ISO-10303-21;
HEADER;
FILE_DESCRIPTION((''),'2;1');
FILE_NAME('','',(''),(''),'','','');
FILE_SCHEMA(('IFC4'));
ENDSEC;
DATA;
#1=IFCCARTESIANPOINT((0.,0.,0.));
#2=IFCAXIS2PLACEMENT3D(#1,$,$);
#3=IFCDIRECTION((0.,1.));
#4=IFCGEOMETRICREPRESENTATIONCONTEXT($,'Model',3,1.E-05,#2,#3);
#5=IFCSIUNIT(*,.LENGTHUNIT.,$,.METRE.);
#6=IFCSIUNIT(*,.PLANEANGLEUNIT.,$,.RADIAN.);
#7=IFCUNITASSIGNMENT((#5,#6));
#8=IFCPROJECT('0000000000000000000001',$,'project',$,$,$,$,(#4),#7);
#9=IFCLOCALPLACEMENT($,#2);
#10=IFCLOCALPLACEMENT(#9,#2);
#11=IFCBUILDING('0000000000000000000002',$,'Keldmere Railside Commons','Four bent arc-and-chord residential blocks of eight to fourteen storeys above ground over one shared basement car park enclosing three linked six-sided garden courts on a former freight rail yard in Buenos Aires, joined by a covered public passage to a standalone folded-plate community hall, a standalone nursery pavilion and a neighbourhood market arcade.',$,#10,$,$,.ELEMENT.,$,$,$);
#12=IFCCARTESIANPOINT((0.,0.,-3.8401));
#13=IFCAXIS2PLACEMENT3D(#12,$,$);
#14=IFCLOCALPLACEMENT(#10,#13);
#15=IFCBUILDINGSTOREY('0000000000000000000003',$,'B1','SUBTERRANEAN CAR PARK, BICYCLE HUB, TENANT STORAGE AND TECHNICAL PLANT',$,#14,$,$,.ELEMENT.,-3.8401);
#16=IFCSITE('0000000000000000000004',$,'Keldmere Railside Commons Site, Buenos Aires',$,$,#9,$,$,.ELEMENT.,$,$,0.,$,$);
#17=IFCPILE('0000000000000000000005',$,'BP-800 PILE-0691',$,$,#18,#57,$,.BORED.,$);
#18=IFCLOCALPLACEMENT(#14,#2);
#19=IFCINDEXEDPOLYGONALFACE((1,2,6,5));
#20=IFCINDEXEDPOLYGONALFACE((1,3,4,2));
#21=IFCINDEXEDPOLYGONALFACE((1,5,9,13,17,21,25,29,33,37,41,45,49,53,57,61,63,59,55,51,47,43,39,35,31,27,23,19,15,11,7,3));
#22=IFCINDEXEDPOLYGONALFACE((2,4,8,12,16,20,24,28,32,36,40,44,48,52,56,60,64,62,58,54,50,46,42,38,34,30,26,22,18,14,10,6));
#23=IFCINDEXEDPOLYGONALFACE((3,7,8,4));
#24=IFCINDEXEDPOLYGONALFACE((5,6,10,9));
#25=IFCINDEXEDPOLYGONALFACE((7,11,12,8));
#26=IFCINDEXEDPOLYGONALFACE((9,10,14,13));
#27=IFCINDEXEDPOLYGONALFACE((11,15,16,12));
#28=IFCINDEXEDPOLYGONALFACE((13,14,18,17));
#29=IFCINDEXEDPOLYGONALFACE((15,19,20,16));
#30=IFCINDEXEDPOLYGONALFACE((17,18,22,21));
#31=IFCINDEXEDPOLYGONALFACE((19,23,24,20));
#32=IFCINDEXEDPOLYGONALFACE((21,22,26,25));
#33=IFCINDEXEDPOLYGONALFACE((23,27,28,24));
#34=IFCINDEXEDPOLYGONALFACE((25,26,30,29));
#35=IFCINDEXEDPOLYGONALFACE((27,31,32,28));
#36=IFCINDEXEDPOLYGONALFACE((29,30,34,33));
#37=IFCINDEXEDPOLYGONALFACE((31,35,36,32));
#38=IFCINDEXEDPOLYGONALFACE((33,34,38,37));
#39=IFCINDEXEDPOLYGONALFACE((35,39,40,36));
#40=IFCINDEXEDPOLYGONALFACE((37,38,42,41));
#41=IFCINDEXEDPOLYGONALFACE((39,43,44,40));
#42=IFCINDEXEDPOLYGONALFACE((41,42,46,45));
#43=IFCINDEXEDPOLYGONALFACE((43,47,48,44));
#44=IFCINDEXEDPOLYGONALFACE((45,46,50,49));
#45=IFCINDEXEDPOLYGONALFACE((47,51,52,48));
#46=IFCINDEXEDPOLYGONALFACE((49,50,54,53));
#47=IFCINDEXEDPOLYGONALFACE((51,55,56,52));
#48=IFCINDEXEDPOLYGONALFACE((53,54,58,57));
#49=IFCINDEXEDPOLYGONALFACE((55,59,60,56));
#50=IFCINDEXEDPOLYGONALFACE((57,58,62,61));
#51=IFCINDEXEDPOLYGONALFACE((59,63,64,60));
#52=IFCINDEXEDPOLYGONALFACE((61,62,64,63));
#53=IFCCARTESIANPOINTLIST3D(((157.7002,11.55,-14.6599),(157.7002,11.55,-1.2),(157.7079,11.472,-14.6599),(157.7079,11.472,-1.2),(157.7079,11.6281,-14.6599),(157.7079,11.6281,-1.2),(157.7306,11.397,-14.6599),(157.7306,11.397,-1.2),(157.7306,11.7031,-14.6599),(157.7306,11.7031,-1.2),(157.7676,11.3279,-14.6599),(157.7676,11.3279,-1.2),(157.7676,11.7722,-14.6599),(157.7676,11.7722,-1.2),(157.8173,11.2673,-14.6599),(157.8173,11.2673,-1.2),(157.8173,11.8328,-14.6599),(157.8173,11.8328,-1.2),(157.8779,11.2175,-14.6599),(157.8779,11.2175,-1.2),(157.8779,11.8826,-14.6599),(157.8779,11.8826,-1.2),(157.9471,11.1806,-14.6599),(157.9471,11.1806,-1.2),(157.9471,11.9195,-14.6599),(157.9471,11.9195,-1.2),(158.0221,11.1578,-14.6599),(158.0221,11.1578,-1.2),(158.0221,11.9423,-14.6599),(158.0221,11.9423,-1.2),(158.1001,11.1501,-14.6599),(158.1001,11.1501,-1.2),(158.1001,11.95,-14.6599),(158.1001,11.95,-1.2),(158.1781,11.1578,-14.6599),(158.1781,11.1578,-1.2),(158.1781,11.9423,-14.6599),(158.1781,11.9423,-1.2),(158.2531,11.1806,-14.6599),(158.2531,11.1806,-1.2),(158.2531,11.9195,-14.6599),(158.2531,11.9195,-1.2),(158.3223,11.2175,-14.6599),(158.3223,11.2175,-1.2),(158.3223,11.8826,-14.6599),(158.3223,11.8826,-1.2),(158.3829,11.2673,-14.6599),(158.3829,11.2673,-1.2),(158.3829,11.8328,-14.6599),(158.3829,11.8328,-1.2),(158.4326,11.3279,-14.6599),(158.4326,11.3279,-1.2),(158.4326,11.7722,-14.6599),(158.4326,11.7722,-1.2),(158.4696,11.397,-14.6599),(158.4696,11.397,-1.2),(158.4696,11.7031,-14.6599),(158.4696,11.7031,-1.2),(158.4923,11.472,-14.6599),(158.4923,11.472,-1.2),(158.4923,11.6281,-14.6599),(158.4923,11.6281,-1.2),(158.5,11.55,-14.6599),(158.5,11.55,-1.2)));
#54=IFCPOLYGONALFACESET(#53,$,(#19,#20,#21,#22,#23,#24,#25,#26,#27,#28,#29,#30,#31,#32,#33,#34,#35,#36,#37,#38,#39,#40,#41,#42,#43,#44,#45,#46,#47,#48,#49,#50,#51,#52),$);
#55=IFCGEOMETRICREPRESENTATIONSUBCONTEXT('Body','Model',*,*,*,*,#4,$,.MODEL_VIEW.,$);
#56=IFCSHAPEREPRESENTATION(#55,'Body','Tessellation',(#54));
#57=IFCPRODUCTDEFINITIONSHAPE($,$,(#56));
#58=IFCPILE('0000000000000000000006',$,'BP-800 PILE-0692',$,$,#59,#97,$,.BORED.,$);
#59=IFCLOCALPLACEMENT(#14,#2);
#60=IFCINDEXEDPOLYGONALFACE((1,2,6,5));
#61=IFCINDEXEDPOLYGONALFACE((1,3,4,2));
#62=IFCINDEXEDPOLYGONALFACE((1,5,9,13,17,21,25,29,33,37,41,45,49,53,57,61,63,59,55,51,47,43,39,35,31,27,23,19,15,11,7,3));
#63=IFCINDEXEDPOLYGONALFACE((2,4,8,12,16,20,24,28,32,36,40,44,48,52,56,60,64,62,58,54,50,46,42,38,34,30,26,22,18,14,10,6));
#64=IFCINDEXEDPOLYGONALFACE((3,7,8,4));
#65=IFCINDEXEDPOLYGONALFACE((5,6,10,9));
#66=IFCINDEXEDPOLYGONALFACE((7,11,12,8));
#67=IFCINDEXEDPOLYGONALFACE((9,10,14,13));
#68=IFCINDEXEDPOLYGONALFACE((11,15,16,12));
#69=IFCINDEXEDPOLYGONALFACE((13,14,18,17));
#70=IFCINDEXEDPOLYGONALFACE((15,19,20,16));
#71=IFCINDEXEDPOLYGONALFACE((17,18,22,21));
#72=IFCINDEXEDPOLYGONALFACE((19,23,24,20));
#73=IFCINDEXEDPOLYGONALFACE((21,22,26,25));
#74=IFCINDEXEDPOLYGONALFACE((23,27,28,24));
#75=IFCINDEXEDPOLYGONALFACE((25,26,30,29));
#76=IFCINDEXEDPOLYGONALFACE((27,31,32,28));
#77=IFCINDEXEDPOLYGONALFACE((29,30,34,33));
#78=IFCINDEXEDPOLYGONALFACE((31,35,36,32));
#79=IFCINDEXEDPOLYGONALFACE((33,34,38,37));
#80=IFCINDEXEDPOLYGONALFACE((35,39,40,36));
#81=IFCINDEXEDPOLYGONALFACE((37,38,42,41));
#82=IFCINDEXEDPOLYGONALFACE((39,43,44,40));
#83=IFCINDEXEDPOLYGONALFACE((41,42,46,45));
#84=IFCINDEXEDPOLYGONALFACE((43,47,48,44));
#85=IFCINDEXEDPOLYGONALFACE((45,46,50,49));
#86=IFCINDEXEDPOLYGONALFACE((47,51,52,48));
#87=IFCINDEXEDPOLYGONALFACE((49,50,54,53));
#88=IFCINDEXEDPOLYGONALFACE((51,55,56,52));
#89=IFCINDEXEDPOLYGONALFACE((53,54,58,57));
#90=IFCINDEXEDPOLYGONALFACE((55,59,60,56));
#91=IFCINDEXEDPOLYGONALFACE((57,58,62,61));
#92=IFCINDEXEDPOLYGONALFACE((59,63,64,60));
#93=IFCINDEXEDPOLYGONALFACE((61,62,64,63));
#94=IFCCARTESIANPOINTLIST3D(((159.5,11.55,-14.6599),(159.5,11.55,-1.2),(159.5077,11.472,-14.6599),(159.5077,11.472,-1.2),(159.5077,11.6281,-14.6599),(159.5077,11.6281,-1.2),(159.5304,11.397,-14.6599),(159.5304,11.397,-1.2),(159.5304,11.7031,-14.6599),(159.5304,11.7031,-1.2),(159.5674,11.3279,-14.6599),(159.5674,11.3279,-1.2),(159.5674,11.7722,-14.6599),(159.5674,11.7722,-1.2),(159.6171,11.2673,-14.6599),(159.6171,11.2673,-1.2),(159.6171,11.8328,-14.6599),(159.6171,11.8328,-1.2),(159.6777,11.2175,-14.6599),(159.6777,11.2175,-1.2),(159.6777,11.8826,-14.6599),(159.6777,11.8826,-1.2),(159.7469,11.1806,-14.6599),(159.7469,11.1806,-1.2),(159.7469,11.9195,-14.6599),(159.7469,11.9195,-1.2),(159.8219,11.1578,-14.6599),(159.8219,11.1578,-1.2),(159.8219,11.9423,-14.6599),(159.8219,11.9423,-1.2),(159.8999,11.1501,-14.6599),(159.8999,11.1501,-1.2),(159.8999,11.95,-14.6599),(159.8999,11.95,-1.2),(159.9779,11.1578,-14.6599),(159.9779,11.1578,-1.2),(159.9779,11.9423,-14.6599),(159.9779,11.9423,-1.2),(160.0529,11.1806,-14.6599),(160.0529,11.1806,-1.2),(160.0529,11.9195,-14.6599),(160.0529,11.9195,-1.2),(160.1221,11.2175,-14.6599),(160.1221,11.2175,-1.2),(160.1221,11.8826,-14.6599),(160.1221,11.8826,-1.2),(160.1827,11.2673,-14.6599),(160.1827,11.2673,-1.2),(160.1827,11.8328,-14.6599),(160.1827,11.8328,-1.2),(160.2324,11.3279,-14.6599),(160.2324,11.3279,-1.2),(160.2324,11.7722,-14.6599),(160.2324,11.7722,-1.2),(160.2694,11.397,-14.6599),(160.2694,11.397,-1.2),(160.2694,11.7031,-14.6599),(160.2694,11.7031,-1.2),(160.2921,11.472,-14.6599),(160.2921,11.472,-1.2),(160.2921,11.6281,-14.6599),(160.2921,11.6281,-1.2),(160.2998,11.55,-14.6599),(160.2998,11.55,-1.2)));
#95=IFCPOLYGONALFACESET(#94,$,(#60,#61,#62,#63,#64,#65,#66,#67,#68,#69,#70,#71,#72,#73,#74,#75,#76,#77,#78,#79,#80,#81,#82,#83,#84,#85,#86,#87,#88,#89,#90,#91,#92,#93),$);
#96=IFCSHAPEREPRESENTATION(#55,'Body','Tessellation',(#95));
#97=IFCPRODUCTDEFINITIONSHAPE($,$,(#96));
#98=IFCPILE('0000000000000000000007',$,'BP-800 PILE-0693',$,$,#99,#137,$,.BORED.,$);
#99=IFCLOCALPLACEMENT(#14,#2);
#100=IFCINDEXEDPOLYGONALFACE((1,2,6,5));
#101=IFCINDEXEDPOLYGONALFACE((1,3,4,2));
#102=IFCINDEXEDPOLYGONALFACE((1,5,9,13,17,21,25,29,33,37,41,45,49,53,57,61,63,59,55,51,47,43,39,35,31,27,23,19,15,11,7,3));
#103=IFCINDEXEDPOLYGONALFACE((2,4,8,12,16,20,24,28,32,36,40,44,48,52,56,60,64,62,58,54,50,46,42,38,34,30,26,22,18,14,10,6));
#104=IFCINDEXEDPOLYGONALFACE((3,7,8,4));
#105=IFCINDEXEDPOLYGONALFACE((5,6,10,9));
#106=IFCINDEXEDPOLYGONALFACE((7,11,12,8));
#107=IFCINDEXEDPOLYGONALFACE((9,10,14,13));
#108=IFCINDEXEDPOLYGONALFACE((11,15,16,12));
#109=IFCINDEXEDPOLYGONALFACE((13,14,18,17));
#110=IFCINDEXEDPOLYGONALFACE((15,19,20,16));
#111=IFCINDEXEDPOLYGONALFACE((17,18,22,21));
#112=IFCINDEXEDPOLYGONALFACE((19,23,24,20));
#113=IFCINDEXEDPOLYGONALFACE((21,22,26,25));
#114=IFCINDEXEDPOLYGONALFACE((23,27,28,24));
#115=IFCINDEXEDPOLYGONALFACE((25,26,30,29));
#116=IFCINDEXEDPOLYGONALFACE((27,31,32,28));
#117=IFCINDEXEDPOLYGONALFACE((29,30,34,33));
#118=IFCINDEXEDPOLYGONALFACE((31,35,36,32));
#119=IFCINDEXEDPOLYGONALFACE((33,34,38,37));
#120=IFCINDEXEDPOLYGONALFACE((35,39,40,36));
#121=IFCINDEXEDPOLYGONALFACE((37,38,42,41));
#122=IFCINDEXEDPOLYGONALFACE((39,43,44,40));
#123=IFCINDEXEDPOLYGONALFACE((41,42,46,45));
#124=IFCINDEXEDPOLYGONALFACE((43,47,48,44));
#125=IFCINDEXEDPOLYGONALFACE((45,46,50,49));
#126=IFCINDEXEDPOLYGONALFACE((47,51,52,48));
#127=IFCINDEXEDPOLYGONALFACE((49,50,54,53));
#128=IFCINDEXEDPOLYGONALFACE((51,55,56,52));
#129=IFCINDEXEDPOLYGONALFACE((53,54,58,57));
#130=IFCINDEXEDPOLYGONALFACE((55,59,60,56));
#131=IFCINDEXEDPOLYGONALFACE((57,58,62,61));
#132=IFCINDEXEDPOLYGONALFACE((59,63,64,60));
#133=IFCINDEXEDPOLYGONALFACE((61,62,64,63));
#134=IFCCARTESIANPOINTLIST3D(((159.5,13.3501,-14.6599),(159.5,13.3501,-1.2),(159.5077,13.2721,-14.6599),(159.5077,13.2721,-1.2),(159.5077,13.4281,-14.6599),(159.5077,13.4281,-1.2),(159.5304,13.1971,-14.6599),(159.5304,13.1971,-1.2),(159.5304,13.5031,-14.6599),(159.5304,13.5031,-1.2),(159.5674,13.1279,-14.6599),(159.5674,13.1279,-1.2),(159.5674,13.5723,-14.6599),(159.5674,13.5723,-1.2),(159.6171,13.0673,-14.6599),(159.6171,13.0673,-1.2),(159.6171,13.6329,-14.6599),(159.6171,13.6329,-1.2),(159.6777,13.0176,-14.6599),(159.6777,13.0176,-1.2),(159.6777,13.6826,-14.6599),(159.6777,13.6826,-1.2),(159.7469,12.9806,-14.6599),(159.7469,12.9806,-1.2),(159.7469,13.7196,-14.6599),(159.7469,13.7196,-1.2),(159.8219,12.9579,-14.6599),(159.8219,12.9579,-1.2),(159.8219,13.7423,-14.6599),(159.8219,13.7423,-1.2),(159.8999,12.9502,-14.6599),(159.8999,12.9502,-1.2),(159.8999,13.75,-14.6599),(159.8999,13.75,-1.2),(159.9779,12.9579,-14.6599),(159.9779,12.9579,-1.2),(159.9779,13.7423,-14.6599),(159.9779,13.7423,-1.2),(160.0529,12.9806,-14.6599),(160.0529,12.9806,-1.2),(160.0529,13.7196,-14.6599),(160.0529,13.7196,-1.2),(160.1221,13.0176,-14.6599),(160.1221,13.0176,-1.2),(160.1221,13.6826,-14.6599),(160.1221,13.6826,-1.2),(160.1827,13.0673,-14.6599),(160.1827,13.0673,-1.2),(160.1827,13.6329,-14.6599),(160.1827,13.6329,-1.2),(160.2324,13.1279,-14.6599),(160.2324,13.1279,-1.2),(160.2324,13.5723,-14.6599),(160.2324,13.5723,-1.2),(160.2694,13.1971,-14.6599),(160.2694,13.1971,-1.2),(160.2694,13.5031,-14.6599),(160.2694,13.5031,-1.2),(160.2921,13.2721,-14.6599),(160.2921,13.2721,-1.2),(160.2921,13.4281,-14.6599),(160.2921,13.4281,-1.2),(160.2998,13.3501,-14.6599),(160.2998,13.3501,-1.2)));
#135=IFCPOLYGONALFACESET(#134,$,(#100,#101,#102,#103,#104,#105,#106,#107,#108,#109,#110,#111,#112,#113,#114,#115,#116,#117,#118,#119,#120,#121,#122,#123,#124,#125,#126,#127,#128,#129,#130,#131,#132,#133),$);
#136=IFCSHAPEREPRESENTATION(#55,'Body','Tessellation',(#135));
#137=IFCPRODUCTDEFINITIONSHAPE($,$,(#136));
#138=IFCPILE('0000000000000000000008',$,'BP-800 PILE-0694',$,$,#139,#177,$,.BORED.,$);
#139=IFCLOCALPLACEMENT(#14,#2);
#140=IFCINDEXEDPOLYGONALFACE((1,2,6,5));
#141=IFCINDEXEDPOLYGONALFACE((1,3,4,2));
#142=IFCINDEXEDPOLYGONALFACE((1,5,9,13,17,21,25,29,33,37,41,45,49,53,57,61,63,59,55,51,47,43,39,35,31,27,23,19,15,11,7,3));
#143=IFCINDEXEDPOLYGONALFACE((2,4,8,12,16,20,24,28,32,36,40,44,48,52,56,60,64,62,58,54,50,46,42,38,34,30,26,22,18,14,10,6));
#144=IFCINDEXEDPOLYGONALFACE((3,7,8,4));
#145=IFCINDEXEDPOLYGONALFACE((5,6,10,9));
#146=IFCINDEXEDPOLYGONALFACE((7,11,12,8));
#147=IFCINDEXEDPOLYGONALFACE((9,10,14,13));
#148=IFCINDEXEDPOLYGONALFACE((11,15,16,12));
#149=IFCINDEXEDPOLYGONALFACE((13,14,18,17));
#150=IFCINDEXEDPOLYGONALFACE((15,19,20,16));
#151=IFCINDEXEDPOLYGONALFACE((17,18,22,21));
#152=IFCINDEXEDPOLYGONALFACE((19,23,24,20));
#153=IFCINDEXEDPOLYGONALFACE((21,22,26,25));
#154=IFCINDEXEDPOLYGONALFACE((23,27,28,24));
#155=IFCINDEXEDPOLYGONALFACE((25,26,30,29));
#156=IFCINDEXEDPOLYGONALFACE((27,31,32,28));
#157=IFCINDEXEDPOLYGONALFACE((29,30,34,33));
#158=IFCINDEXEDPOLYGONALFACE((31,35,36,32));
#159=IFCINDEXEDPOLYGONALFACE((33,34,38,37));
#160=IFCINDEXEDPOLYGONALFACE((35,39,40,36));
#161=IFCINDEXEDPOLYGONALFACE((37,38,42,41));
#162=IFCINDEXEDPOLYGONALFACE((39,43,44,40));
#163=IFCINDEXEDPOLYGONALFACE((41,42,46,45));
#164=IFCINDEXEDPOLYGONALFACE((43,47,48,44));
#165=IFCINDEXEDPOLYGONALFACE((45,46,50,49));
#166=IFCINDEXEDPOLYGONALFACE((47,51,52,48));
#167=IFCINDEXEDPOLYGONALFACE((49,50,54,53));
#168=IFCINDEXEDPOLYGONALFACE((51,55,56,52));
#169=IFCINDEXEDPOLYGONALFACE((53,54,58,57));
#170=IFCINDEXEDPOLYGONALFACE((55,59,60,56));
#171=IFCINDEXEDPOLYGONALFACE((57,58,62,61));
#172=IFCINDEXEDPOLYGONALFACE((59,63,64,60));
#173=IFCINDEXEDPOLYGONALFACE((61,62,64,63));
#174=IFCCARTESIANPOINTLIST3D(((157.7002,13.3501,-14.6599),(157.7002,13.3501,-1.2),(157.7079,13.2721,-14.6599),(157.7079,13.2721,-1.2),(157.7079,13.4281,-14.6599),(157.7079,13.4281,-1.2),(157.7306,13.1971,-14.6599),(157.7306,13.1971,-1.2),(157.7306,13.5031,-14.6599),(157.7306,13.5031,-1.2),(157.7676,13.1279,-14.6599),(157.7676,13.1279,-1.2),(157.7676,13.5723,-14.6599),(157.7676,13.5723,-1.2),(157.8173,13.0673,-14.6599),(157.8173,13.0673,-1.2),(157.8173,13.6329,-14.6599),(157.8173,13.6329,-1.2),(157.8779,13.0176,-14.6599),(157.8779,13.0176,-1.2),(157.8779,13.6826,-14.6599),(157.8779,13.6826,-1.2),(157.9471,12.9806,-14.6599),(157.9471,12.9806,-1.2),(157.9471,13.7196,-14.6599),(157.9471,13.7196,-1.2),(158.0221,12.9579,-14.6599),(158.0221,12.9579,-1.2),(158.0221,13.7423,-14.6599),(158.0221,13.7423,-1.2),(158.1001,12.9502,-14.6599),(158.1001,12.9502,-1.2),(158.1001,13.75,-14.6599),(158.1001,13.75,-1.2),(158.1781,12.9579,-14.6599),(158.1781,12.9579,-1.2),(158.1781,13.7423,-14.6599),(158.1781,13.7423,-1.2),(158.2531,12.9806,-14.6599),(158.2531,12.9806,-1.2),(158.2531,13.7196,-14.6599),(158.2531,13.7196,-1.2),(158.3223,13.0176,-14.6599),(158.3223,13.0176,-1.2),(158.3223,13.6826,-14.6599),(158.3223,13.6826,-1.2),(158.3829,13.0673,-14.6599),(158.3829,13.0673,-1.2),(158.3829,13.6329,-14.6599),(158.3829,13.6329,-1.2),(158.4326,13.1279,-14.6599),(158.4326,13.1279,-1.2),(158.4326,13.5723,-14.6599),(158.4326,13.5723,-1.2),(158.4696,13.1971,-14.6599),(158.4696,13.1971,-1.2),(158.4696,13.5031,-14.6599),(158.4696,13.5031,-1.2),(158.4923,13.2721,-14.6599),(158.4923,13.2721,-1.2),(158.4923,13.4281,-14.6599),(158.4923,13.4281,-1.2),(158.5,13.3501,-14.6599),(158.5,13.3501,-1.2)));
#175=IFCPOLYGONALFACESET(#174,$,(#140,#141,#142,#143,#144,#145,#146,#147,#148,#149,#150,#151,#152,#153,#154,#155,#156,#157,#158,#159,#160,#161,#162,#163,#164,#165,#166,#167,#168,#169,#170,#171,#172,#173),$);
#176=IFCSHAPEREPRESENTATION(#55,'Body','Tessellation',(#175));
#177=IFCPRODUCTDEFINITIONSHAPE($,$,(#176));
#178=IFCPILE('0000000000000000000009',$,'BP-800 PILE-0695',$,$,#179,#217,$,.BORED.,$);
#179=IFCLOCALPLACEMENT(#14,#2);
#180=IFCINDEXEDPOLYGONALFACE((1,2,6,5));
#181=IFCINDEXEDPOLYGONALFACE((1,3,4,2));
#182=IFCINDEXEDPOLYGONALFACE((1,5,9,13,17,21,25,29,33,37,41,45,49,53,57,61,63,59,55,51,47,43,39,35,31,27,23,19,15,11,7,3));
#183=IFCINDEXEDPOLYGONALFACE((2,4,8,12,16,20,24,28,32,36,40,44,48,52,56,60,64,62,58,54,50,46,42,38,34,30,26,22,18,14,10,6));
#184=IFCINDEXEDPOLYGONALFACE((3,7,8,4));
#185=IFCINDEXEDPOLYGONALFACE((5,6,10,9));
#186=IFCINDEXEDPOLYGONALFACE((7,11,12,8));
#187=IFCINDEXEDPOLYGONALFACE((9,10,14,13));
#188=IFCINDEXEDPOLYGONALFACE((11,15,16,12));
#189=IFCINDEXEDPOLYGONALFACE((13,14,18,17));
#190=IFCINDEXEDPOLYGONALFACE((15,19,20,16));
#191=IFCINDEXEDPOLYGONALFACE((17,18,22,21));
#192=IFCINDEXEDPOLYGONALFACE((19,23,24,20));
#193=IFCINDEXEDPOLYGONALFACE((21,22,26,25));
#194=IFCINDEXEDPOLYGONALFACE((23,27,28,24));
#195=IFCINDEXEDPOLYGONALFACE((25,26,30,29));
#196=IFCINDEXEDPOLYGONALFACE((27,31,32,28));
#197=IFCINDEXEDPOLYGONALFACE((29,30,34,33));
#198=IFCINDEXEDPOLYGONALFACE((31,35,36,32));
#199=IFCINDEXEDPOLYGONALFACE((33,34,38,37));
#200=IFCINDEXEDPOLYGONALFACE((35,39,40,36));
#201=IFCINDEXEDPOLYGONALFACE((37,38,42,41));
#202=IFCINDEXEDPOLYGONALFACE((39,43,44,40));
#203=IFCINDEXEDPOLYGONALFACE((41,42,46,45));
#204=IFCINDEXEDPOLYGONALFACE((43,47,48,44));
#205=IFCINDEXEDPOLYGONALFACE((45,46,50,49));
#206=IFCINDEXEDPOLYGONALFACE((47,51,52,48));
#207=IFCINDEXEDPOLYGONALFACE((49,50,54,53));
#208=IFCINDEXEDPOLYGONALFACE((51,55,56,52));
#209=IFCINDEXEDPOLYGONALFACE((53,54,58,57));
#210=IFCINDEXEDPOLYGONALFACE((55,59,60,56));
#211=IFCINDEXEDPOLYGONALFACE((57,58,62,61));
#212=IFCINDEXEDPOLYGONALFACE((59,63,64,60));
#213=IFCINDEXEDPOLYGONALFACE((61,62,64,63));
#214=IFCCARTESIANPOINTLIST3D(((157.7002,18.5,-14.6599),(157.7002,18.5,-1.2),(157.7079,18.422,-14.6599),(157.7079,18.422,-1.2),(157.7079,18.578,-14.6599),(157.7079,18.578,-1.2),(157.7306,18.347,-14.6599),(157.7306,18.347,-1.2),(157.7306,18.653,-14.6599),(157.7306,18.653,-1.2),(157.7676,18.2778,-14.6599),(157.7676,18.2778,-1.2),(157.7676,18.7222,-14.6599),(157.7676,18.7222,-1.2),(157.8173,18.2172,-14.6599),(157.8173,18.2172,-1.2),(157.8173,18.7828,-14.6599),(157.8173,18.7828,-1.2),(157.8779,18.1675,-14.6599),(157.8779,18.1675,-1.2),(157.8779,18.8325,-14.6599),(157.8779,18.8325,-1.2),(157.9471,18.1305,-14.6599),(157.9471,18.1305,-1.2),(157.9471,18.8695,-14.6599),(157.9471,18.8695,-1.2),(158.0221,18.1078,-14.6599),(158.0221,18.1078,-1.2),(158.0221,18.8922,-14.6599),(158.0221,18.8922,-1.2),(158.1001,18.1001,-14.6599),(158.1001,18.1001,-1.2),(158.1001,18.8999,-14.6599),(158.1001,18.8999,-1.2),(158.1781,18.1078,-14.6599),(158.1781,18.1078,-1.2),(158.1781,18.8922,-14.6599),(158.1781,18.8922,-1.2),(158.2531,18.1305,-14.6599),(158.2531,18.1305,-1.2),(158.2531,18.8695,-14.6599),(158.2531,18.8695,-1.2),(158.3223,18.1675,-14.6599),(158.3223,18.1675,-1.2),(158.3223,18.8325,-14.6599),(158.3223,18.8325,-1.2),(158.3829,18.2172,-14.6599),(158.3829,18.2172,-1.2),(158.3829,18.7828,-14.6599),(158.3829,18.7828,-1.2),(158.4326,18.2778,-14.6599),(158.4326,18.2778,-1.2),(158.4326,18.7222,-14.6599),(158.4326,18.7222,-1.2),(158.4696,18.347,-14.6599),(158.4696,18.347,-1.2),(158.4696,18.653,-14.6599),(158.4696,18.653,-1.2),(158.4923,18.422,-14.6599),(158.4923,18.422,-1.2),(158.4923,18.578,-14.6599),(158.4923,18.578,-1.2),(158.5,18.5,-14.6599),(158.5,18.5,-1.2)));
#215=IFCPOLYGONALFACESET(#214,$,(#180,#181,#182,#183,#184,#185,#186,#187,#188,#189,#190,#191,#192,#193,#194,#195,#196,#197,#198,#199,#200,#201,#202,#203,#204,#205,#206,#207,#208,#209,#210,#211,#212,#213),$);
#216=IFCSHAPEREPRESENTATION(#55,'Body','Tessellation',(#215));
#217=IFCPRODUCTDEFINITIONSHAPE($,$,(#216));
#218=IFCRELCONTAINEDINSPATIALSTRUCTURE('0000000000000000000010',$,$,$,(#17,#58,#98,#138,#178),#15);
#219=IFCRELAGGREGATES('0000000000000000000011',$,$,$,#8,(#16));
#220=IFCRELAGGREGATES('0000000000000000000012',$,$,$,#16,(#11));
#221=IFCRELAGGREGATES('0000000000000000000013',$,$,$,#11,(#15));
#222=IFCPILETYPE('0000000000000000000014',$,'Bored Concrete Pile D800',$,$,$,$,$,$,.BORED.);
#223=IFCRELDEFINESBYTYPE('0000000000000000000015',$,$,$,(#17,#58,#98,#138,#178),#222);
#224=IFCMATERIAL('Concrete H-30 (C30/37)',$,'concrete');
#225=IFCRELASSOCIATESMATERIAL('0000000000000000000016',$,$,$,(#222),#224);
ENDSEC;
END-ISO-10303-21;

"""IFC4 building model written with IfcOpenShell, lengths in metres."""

from ifc_helpers import new_model, si_unit, direction, frame, origin, origin_2d, place, context, subcontext, project, spatial, circle, extrude, material, material_profile, profile_set, type_object, element, save


model = new_model("IFC4")

# Units and contexts
model_context = context("Model", 3, precision=1e-05, world=origin(), true_north=direction((0.0, 1.0)))
body_context = subcontext(model_context, "Body", "Model", "MODEL_VIEW")
ifc_project = project(units=[si_unit("LENGTHUNIT", "METRE"), si_unit("PLANEANGLEUNIT", "RADIAN")], contexts=[model_context])

# Site, building, storey
site_placement = place(None, origin())
site = spatial("IfcSite", under=ifc_project, at=site_placement, Name="Keldmere Railside Commons Site, Buenos Aires", CompositionType="ELEMENT", RefElevation=0.0)
building_placement = place(site_placement, origin())
building = spatial("IfcBuilding", under=site, at=building_placement, Name="Keldmere Railside Commons", Description="Four bent arc-and-chord residential blocks of eight to fourteen storeys above ground over one shared basement car park enclosing three linked six-sided garden courts on a former freight rail yard in Buenos Aires, joined by a covered public passage to a standalone folded-plate community hall, a standalone nursery pavilion and a neighbourhood market arcade.", CompositionType="ELEMENT")
storey_placement = place(building_placement, frame((0.0, 0.0, -3.8401)))
storey = spatial("IfcBuildingStorey", under=building, at=storey_placement, Name="B1", Description="SUBTERRANEAN CAR PARK, BICYCLE HUB, TENANT STORAGE AND TECHNICAL PLANT", CompositionType="ELEMENT", Elevation=-3.8401)

# Piles
ifc_material_1 = material(Name="Concrete H-30 (C30/37)", Category="concrete")
ifc_material_profile_1 = material_profile(ifc_material_1, circle(Radius=0.3999, at=origin_2d()), Name="PILE-D800")
ifc_profile_set_1 = profile_set([ifc_material_profile_1], Name="Concrete H-30 (C30/37)")
pile_type = type_object("IfcPileType", Name="Bored Concrete Pile D800", PredefinedType="BORED", material=ifc_profile_set_1)
for number, where, z_axis, x_axis, name in (
    (1, (158.1001, 11.55, -1.2), (0.0, 0.0, -1.0), (1.0, 0.0, 0.0), "BP-800 PILE-0691"),
    (2, (159.8999, 11.55, -1.2), (0.0, 0.0, -1.0), (1.0, 0.0, 0.0), "BP-800 PILE-0692"),
    (3, (159.8999, 13.3501, -1.2), (0.0, 0.0, -1.0), (1.0, 0.0, 0.0), "BP-800 PILE-0693"),
    (4, (158.1001, 13.3501, -1.2), (0.0, 0.0, -1.0), (1.0, 0.0, 0.0), "BP-800 PILE-0694"),
    (5, (158.1001, 18.5, -1.2), (0.0, 0.0, -1.0), (1.0, 0.0, 0.0), "BP-800 PILE-0695"),
):
    element("IfcPile", number, at=place(storey_placement, frame(where, z_axis=z_axis, x_axis=x_axis)), inside=storey, type_object=pile_type, Name=name, PredefinedType="BORED", context=body_context, shape_type="SweptSolid", body=[
        extrude(circle(Radius=0.3999, at=origin_2d()), origin(), (0.0, 0.0, 1.0), 13.46),
    ])

save(model, "model.ifc")
